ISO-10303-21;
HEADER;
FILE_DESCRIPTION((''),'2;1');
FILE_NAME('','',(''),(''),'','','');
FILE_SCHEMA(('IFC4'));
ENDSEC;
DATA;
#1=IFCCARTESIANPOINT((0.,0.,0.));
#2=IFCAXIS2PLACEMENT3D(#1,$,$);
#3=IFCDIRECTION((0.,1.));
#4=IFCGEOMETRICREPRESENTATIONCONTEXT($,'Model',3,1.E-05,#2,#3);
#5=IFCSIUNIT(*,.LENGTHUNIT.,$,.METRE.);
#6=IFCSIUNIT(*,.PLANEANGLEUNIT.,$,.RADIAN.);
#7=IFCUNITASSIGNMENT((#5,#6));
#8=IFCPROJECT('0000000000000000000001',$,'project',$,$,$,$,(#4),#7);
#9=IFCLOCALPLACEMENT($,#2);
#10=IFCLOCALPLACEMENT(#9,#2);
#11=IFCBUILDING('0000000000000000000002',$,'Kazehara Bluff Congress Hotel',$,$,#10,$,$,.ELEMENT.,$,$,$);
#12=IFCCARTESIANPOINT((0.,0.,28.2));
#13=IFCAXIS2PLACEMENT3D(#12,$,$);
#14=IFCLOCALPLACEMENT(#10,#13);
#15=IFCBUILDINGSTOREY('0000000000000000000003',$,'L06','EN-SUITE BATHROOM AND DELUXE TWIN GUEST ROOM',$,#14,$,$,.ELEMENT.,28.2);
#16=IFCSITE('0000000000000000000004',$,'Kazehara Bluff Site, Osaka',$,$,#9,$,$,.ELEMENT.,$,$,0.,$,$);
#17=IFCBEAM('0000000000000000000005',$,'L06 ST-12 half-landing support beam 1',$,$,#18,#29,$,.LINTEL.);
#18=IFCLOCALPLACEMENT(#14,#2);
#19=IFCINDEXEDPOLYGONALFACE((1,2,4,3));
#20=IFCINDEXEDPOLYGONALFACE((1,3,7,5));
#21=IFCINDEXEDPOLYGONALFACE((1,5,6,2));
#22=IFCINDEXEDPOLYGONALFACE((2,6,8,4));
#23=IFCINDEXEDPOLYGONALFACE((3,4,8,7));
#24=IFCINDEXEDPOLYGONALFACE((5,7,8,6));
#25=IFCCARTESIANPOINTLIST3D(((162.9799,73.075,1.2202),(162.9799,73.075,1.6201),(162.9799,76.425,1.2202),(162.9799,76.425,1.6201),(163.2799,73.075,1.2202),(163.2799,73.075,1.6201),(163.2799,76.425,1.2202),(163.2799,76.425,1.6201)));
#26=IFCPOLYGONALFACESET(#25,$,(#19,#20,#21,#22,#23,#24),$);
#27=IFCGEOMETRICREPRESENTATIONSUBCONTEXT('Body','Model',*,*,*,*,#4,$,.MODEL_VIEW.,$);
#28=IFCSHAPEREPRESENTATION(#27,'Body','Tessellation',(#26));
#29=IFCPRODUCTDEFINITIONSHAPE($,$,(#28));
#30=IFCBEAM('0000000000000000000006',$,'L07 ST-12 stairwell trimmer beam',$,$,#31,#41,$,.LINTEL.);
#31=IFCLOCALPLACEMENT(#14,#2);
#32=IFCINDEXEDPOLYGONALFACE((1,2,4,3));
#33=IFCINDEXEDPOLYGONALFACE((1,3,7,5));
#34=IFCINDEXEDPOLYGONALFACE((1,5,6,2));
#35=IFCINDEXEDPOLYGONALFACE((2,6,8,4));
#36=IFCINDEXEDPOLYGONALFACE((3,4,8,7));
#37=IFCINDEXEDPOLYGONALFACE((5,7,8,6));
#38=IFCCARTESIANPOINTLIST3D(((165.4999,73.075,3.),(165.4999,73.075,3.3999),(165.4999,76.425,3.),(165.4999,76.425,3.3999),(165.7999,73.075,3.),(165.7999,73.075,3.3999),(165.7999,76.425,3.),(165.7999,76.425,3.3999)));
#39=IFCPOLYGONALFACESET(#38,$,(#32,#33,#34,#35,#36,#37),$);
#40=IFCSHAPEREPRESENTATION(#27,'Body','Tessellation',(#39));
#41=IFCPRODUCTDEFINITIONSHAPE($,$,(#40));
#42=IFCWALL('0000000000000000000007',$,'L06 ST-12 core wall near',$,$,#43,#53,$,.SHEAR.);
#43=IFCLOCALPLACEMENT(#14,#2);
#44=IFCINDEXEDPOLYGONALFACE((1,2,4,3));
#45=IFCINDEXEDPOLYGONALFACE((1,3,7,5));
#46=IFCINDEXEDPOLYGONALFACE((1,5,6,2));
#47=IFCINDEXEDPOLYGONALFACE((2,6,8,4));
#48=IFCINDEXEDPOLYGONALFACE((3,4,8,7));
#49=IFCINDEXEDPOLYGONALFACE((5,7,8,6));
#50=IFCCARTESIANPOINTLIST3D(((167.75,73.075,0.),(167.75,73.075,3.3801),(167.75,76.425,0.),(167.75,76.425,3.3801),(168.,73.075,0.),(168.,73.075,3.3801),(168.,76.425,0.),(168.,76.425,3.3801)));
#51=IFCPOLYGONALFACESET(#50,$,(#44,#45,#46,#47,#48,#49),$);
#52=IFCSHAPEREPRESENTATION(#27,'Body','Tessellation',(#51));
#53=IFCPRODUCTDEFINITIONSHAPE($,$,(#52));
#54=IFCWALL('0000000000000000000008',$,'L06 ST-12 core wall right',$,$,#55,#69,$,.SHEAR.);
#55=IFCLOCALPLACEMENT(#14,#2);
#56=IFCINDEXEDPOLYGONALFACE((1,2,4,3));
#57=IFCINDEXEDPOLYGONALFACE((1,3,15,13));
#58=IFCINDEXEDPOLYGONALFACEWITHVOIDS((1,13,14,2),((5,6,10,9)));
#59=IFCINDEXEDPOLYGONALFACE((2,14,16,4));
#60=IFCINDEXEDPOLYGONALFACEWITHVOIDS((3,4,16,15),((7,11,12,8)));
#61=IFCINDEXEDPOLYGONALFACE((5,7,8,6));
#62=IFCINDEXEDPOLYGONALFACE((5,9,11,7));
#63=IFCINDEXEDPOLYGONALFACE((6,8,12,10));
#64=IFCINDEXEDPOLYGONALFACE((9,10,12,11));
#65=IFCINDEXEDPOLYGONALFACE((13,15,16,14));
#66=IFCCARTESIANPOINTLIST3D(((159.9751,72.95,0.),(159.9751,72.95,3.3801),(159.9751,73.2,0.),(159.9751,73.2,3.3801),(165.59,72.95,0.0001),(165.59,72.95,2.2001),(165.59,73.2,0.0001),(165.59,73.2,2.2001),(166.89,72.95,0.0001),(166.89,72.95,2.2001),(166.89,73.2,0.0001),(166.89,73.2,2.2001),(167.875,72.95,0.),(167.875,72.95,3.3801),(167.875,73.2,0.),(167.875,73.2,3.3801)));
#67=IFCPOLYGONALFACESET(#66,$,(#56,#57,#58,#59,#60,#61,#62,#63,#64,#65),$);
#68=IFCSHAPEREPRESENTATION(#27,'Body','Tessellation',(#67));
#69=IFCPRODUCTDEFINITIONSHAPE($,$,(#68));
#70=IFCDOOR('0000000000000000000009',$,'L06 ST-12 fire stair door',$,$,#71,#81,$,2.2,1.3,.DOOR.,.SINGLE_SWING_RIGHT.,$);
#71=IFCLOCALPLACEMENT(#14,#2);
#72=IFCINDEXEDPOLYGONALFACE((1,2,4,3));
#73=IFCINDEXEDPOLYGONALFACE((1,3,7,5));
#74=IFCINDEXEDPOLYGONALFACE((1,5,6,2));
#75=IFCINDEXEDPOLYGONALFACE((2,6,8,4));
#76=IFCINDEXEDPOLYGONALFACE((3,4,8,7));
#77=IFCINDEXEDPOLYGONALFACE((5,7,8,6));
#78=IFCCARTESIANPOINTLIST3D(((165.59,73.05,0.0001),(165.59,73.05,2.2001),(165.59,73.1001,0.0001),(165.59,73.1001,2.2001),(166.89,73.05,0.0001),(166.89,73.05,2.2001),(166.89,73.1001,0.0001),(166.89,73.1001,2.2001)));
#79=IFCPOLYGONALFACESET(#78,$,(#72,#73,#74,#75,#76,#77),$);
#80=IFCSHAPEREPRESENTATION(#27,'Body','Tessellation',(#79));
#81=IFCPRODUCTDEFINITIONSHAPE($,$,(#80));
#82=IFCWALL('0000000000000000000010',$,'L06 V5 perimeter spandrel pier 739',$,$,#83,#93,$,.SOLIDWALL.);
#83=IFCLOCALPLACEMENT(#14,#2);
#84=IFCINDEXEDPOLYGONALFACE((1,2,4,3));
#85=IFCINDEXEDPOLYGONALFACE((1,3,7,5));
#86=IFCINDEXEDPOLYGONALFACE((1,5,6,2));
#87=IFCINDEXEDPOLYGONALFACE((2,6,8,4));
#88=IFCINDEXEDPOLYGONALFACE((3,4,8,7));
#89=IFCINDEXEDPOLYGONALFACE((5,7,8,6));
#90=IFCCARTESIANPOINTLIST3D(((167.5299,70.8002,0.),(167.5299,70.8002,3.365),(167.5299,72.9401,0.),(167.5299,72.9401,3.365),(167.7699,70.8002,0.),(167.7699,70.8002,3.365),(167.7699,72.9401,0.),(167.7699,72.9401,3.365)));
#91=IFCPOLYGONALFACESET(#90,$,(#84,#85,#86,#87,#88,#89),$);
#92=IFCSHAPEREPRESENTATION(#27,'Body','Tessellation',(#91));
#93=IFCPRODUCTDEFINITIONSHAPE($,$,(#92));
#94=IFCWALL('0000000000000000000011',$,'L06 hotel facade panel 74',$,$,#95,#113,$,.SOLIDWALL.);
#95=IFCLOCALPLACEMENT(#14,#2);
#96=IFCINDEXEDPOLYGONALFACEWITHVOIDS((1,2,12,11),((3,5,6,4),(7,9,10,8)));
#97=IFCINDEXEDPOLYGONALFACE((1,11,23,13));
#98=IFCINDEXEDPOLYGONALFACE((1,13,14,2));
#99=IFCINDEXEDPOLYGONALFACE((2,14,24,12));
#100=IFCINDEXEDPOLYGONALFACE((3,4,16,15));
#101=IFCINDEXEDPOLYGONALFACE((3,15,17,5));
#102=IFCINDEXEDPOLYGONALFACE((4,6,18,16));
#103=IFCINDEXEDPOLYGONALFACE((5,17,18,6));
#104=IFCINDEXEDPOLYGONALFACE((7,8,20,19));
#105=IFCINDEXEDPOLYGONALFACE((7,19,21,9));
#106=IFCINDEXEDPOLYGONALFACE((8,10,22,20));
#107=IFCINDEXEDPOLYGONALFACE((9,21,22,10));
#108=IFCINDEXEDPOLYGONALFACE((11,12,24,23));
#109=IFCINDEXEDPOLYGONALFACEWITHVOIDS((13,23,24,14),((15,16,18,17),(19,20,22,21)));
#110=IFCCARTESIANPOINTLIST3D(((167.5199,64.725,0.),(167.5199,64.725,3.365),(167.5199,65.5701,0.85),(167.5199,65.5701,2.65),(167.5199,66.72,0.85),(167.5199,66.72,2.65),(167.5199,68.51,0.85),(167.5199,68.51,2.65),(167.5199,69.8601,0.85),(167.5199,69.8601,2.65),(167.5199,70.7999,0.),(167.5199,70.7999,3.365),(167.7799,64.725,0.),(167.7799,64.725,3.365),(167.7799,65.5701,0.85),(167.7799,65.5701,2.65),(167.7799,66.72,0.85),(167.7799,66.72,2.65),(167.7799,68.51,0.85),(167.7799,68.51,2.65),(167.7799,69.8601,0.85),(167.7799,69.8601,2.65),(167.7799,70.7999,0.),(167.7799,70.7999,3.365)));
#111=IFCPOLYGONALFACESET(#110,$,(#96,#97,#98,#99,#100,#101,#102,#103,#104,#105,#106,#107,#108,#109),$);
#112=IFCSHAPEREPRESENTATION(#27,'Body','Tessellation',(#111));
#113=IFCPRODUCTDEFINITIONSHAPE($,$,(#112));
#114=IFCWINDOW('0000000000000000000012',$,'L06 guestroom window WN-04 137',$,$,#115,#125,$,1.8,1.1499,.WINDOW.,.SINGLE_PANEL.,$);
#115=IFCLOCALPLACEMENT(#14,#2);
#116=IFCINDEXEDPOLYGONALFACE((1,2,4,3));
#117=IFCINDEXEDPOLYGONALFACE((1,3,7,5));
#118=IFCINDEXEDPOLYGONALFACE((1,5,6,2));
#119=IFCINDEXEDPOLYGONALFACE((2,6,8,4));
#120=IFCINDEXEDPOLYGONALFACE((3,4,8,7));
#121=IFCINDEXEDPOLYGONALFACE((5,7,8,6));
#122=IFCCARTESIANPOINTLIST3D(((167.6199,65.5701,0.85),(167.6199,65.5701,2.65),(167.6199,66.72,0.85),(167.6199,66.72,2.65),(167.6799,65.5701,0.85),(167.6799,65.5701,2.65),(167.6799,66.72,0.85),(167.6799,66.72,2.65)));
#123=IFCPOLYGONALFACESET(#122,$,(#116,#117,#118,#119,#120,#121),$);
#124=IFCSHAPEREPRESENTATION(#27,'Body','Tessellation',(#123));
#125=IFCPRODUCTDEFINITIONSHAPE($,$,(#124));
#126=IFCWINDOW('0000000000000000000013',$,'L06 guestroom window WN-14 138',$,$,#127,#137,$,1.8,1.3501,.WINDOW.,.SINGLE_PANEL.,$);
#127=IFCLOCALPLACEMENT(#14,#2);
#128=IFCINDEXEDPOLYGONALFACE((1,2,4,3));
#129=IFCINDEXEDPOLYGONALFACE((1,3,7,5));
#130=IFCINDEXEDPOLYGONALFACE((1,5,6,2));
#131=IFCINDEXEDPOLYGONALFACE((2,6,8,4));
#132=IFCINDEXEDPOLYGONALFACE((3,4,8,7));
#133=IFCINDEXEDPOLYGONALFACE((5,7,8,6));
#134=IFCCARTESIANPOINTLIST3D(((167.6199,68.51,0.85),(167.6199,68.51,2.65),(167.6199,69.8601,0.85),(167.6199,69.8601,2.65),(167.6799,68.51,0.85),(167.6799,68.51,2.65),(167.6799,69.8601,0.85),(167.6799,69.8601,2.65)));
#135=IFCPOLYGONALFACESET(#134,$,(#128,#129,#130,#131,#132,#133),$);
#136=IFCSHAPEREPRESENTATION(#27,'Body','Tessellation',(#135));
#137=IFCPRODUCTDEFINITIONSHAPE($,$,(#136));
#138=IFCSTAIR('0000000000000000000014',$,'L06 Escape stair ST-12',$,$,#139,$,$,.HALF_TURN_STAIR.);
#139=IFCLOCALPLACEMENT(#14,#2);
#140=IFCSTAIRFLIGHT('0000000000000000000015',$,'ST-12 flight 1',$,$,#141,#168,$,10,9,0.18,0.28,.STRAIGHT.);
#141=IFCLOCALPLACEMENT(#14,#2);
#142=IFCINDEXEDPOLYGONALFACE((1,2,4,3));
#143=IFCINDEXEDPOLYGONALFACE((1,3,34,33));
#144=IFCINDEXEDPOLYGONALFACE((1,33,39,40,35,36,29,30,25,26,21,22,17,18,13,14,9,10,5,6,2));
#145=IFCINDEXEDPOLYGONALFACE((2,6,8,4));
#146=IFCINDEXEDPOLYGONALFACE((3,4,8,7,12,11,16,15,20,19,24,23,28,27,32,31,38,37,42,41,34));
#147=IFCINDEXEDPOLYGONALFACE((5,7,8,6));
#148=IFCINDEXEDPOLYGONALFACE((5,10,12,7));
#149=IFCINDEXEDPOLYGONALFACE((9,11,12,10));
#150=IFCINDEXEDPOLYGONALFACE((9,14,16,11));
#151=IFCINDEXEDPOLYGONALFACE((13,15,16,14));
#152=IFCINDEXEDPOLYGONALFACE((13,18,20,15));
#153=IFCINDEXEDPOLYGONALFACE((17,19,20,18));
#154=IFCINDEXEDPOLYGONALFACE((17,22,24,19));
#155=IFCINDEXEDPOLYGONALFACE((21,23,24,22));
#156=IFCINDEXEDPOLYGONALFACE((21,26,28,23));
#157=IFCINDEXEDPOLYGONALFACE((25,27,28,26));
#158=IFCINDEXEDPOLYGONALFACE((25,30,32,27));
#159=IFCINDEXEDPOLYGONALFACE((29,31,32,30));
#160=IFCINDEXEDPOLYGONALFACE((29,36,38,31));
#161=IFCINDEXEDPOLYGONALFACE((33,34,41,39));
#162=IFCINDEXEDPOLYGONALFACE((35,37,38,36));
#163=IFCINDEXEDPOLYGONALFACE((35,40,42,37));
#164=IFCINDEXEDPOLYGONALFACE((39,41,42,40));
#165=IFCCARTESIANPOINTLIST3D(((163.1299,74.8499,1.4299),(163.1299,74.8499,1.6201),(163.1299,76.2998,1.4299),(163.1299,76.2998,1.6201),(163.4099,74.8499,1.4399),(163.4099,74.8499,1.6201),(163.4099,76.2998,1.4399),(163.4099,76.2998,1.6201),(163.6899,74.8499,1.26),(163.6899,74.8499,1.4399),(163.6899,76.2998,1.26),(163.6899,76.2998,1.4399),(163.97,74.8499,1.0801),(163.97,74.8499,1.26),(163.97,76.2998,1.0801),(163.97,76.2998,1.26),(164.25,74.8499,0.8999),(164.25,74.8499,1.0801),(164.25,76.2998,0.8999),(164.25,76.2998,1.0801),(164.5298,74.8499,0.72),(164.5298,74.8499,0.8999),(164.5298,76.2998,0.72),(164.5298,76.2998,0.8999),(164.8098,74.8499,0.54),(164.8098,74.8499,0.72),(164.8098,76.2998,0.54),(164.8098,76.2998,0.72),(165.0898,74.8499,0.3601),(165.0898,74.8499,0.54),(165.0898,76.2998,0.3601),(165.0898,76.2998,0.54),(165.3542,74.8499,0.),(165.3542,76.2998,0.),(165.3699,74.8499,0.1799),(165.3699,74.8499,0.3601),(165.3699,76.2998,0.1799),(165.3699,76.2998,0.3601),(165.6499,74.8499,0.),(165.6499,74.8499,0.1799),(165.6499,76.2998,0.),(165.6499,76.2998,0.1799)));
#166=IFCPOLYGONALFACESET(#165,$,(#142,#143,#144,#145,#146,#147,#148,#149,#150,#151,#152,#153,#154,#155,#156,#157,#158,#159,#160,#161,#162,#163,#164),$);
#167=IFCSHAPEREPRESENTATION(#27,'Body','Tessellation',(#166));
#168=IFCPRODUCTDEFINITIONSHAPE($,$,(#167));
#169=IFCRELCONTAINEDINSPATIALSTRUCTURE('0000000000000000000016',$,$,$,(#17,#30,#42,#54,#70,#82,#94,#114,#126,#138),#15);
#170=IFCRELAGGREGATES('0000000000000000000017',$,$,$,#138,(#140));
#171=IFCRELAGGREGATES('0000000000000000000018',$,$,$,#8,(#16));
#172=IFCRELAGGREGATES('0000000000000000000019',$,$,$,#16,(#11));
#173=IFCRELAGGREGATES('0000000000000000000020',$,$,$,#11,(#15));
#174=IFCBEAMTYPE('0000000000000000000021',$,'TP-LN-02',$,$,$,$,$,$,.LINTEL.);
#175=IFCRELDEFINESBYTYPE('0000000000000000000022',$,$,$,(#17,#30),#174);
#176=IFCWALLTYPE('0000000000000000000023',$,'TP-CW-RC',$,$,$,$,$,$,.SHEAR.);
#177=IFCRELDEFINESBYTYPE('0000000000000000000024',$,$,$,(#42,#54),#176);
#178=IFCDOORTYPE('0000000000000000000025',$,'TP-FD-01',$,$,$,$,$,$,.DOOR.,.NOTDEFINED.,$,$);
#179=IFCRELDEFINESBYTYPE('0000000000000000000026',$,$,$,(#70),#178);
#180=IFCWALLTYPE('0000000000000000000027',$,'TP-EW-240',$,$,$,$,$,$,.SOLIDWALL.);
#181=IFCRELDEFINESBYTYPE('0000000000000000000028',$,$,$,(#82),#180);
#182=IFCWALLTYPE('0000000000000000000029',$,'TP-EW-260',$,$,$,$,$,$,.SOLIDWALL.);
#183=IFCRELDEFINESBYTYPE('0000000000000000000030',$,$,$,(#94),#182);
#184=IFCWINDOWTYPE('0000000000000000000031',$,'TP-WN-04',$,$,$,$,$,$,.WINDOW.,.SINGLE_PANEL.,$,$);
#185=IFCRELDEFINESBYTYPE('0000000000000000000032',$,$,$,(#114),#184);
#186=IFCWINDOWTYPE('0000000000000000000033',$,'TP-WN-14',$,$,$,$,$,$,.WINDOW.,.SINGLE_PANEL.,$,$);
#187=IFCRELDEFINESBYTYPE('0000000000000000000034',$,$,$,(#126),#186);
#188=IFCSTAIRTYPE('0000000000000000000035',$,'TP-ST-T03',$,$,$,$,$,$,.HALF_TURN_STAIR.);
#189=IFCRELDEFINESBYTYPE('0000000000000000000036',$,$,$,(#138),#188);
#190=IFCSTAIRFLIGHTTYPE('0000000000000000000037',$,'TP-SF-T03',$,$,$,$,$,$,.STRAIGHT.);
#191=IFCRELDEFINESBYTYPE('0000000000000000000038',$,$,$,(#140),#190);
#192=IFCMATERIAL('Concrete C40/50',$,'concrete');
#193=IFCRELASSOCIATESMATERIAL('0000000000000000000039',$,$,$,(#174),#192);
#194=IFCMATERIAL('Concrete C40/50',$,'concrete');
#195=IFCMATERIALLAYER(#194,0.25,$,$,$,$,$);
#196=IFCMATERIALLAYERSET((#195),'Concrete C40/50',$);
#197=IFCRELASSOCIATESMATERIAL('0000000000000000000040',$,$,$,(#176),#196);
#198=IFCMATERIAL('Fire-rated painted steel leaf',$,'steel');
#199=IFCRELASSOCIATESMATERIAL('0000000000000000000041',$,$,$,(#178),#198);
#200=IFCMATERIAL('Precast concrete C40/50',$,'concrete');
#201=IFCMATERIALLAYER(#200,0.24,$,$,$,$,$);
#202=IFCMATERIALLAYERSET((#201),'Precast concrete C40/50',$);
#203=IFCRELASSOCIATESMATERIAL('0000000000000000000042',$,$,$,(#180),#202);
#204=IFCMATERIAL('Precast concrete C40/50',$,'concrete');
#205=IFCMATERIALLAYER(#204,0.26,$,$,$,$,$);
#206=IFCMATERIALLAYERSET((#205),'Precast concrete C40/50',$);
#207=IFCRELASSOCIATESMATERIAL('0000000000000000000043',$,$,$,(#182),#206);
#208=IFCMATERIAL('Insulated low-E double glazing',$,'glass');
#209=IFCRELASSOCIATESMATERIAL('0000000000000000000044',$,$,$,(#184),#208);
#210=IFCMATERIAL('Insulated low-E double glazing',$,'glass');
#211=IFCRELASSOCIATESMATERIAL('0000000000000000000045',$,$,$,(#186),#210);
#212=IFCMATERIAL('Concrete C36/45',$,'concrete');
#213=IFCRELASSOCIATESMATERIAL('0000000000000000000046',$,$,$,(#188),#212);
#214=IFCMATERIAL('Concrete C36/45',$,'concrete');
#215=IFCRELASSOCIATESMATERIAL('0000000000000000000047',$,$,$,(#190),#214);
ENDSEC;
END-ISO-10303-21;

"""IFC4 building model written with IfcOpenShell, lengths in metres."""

from ifc_helpers import new_model, si_unit, direction, frame, frame_2d, origin, origin_2d, place, context, subcontext, project, spatial, polyline, rectangle, outline, extrude, material, layer, layer_set, material_profile, profile_set, type_object, element, fill, aggregate, save


model = new_model("IFC4")

# Units and contexts
model_context = context("Model", 3, precision=1e-05, world=origin(), true_north=direction((0.0, 1.0)))
body_context = subcontext(model_context, "Body", "Model", "MODEL_VIEW")
ifc_project = project(units=[si_unit("LENGTHUNIT", "METRE"), si_unit("PLANEANGLEUNIT", "RADIAN")], contexts=[model_context])

# Site, building, storey
site_placement = place(None, origin())
site = spatial("IfcSite", under=ifc_project, at=site_placement, Name="Kazehara Bluff Site, Osaka", CompositionType="ELEMENT", RefElevation=0.0)
building_placement = place(site_placement, origin())
building = spatial("IfcBuilding", under=site, at=building_placement, Name="Kazehara Bluff Congress Hotel", CompositionType="ELEMENT")
storey_placement = place(building_placement, frame((0.0, 0.0, 28.2)))
storey = spatial("IfcBuildingStorey", under=building, at=storey_placement, Name="L06", Description="EN-SUITE BATHROOM AND DELUXE TWIN GUEST ROOM", CompositionType="ELEMENT", Elevation=28.2)

# Beams
ifc_material_1 = material(Name="Concrete C40/50", Category="concrete")
ifc_material_profile = material_profile(ifc_material_1, rectangle(XDim=0.3, YDim=0.3999, at=origin_2d()))
ifc_profile_set = profile_set([ifc_material_profile], Name="Concrete C40/50")
beam_type = type_object("IfcBeamType", Name="TP-LN-02", PredefinedType="LINTEL", material=ifc_profile_set)
for number, where, z_axis, x_axis, name in (
    (1, (163.1299, 76.425, 1.4202), (0.0, -1.0, 0.0), (1.0, 0.0, 0.0), "L06 ST-12 half-landing support beam 1"),
    (2, (165.6499, 76.425, 3.2), (0.0, -1.0, 0.0), (1.0, 0.0, 0.0), "L07 ST-12 stairwell trimmer beam"),
):
    element("IfcBeam", number, at=place(storey_placement, frame(where, z_axis=z_axis, x_axis=x_axis)), inside=storey, type_object=beam_type, Name=name, PredefinedType="LINTEL", context=body_context, shape_type="SweptSolid", body=[
        extrude(rectangle(XDim=0.3, YDim=0.3999, at=origin_2d()), origin(), (0.0, 0.0, 1.0), 3.3501),
    ])

# Wall
ifc_material_2 = material(Name="Concrete C40/50", Category="concrete")
ifc_layer_1 = layer(ifc_material_2, 0.25)
ifc_layer_set_1 = layer_set([ifc_layer_1], Name="Concrete C40/50")
wall_type_1 = type_object("IfcWallType", Name="TP-CW-RC", PredefinedType="SHEAR", material=ifc_layer_set_1)
wall_1_placement = place(storey_placement, frame((167.875, 76.425, 0.0), z_axis=(0.0, 0.0, 1.0), x_axis=(0.0, -1.0, 0.0)))
element("IfcWall", 3, at=wall_1_placement, inside=storey, type_object=wall_type_1, Name="L06 ST-12 core wall near", PredefinedType="SHEAR", context=body_context, shape_type="SweptSolid", body=[
    extrude(rectangle(XDim=3.3501, YDim=0.25, at=frame_2d((1.675, 0.0))), origin(), (0.0, 0.0, 1.0), 3.3801),
])

# Wall, opening, door
wall_2_placement = place(storey_placement, frame((167.875, 73.075, 0.0), z_axis=(0.0, 0.0, 1.0), x_axis=(-1.0, 0.0, 0.0)))
wall_2 = element("IfcWall", 4, at=wall_2_placement, inside=storey, type_object=wall_type_1, Name="L06 ST-12 core wall right", PredefinedType="SHEAR", context=body_context, shape_type="SweptSolid", body=[
    extrude(rectangle(XDim=7.8999, YDim=0.25, at=frame_2d((3.95, 0.0))), origin(), (0.0, 0.0, 1.0), 3.3801),
])
opening_1_placement = place(wall_2_placement, frame((0.9851, 0.0, 0.0)))
opening_1 = element("IfcOpeningElement", 5, at=opening_1_placement, cuts=wall_2, PredefinedType="OPENING", context=body_context, shape_type="SweptSolid", body=[
    extrude(rectangle(XDim=1.3, YDim=2.2, at=frame_2d((0.6499, 1.1001))), frame((0.0, 0.135, 0.0), z_axis=(0.0, -1.0, 0.0), x_axis=(1.0, 0.0, 0.0)), (0.0, 0.0, 1.0), 0.27),
])
ifc_material_3 = material(Name="Fire-rated painted steel leaf", Category="steel")
door_type = type_object("IfcDoorType", Name="TP-FD-01", OperationType="NOTDEFINED", PredefinedType="DOOR", material=ifc_material_3)
door_placement = place(opening_1_placement, origin())
door = element("IfcDoor", 6, at=door_placement, inside=storey, type_object=door_type, Name="L06 ST-12 fire stair door", OperationType="SINGLE_SWING_RIGHT", OverallHeight=2.2, OverallWidth=1.3, PredefinedType="DOOR", context=body_context, shape_type="SweptSolid", body=[
    extrude(rectangle(XDim=1.3, YDim=2.2, at=frame_2d((0.6499, 1.1001))), frame((0.0, 0.0249, 0.0), z_axis=(0.0, -1.0, 0.0), x_axis=(1.0, 0.0, 0.0)), (0.0, 0.0, 1.0), 0.05),
])
fill(opening_1, door)

# Wall
ifc_material_4 = material(Name="Precast concrete C40/50", Category="concrete")
ifc_layer_2 = layer(ifc_material_4, 0.24)
ifc_layer_set_2 = layer_set([ifc_layer_2], Name="Precast concrete C40/50")
wall_type_2 = type_object("IfcWallType", Name="TP-EW-240", PredefinedType="SOLIDWALL", material=ifc_layer_set_2)
wall_3_placement = place(storey_placement, frame((167.6499, 72.9399, 0.0), z_axis=(0.0, 0.0, 1.0), x_axis=(0.0, -1.0, 0.0)))
element("IfcWall", 7, at=wall_3_placement, inside=storey, type_object=wall_type_2, Name="L06 V5 perimeter spandrel pier 739", PredefinedType="SOLIDWALL", context=body_context, shape_type="SweptSolid", body=[
    extrude(rectangle(XDim=2.1399, YDim=0.24, at=frame_2d((1.0698, 0.0))), origin(), (0.0, 0.0, 1.0), 3.365),
])

# Wall, openings, windows
ifc_material_5 = material(Name="Precast concrete C40/50", Category="concrete")
ifc_layer_3 = layer(ifc_material_5, 0.26)
ifc_layer_set_3 = layer_set([ifc_layer_3], Name="Precast concrete C40/50")
wall_type_3 = type_object("IfcWallType", Name="TP-EW-260", PredefinedType="SOLIDWALL", material=ifc_layer_set_3)
wall_4_placement = place(storey_placement, frame((167.6499, 70.8, 0.0), z_axis=(0.0, 0.0, 1.0), x_axis=(0.0, -1.0, 0.0)))
wall_4 = element("IfcWall", 8, at=wall_4_placement, inside=storey, type_object=wall_type_3, Name="L06 hotel facade panel 74", PredefinedType="SOLIDWALL", context=body_context, shape_type="SweptSolid", body=[
    extrude(rectangle(XDim=6.075, YDim=0.26, at=frame_2d((3.0376, 0.0))), origin(), (0.0, 0.0, 1.0), 3.365),
])
opening_2_placement = place(wall_4_placement, frame((4.0801, 0.0, 0.8501)))
opening_2 = element("IfcOpeningElement", 9, at=opening_2_placement, cuts=wall_4, PredefinedType="OPENING", context=body_context, shape_type="SweptSolid", body=[
    extrude(rectangle(XDim=1.1499, YDim=1.8, at=frame_2d((0.575, 0.8999))), frame((0.0, 0.1399, 0.0), z_axis=(0.0, -1.0, 0.0), x_axis=(1.0, 0.0, 0.0)), (0.0, 0.0, 1.0), 0.28),
])
opening_3_placement = place(wall_4_placement, frame((0.9399, 0.0, 0.8501)))
opening_3 = element("IfcOpeningElement", 10, at=opening_3_placement, cuts=wall_4, PredefinedType="OPENING", context=body_context, shape_type="SweptSolid", body=[
    extrude(rectangle(XDim=1.3501, YDim=1.8, at=frame_2d((0.675, 0.8999))), frame((0.0, 0.1399, 0.0), z_axis=(0.0, -1.0, 0.0), x_axis=(1.0, 0.0, 0.0)), (0.0, 0.0, 1.0), 0.28),
])
ifc_material_6 = material(Name="Insulated low-E double glazing", Category="glass")
window_type_1 = type_object("IfcWindowType", Name="TP-WN-04", PartitioningType="SINGLE_PANEL", PredefinedType="WINDOW", material=ifc_material_6)
window_1_placement = place(opening_2_placement, origin())
window_1 = element("IfcWindow", 11, at=window_1_placement, inside=storey, type_object=window_type_1, Name="L06 guestroom window WN-04 137", OverallHeight=1.8, OverallWidth=1.1499, PartitioningType="SINGLE_PANEL", PredefinedType="WINDOW", context=body_context, shape_type="SweptSolid", body=[
    extrude(rectangle(XDim=1.1499, YDim=1.8, at=frame_2d((0.575, 0.8999))), frame((0.0, 0.03, 0.0), z_axis=(0.0, -1.0, 0.0), x_axis=(1.0, 0.0, 0.0)), (0.0, 0.0, 1.0), 0.0601),
])
fill(opening_2, window_1)
ifc_material_7 = material(Name="Insulated low-E double glazing", Category="glass")
window_type_2 = type_object("IfcWindowType", Name="TP-WN-14", PartitioningType="SINGLE_PANEL", PredefinedType="WINDOW", material=ifc_material_7)
window_2_placement = place(opening_3_placement, origin())
window_2 = element("IfcWindow", 12, at=window_2_placement, inside=storey, type_object=window_type_2, Name="L06 guestroom window WN-14 138", OverallHeight=1.8, OverallWidth=1.3501, PartitioningType="SINGLE_PANEL", PredefinedType="WINDOW", context=body_context, shape_type="SweptSolid", body=[
    extrude(rectangle(XDim=1.3501, YDim=1.8, at=frame_2d((0.675, 0.8999))), frame((0.0, 0.03, 0.0), z_axis=(0.0, -1.0, 0.0), x_axis=(1.0, 0.0, 0.0)), (0.0, 0.0, 1.0), 0.0601),
])
fill(opening_3, window_2)

# Stair, stair flight
ifc_material_8 = material(Name="Concrete C36/45", Category="concrete")
stair_type = type_object("IfcStairType", Name="TP-ST-T03", PredefinedType="HALF_TURN_STAIR", material=ifc_material_8)
stair_placement = place(storey_placement, origin())
stair = element("IfcStair", 13, at=stair_placement, inside=storey, type_object=stair_type, Name="L06 Escape stair ST-12", PredefinedType="HALF_TURN_STAIR")
ifc_material_9 = material(Name="Concrete C36/45", Category="concrete")
stair_flight_type = type_object("IfcStairFlightType", Name="TP-SF-T03", PredefinedType="STRAIGHT", material=ifc_material_9)
stair_flight_placement = place(storey_placement, frame((165.6499, 75.575, 0.0), z_axis=(0.0, 0.0, 1.0), x_axis=(-1.0, 0.0, 0.0)))
stair_flight = element("IfcStairFlight", 14, at=stair_flight_placement, type_object=stair_flight_type, Name="ST-12 flight 1", NumberOfRisers=10, NumberOfTreads=9, PredefinedType="STRAIGHT", RiserHeight=0.18, TreadLength=0.28, context=body_context, shape_type="SweptSolid", body=[
    extrude(outline(polyline([(0.0, 0.0), (0.0, 0.1799), (0.28, 0.1799), (0.28, 0.3601), (0.5601, 0.3601), (0.5601, 0.54), (0.8401, 0.54), (0.8401, 0.72), (1.1201, 0.72), (1.1201, 0.8999), (1.3999, 0.8999), (1.3999, 1.0801), (1.6799, 1.0801), (1.6799, 1.26), (1.96, 1.26), (1.96, 1.4399), (2.24, 1.4399), (2.24, 1.6201), (2.52, 1.6201), (2.52, 1.8), (2.52, 1.4299), (0.2957, 0.0), (0.0, 0.0)])), frame((0.0, 0.7251, 0.0), z_axis=(0.0, -1.0, 0.0), x_axis=(1.0, 0.0, 0.0)), (0.0, 0.0, 1.0), 1.45),
])
aggregate(stair, [stair_flight])

save(model, "model.ifc")
